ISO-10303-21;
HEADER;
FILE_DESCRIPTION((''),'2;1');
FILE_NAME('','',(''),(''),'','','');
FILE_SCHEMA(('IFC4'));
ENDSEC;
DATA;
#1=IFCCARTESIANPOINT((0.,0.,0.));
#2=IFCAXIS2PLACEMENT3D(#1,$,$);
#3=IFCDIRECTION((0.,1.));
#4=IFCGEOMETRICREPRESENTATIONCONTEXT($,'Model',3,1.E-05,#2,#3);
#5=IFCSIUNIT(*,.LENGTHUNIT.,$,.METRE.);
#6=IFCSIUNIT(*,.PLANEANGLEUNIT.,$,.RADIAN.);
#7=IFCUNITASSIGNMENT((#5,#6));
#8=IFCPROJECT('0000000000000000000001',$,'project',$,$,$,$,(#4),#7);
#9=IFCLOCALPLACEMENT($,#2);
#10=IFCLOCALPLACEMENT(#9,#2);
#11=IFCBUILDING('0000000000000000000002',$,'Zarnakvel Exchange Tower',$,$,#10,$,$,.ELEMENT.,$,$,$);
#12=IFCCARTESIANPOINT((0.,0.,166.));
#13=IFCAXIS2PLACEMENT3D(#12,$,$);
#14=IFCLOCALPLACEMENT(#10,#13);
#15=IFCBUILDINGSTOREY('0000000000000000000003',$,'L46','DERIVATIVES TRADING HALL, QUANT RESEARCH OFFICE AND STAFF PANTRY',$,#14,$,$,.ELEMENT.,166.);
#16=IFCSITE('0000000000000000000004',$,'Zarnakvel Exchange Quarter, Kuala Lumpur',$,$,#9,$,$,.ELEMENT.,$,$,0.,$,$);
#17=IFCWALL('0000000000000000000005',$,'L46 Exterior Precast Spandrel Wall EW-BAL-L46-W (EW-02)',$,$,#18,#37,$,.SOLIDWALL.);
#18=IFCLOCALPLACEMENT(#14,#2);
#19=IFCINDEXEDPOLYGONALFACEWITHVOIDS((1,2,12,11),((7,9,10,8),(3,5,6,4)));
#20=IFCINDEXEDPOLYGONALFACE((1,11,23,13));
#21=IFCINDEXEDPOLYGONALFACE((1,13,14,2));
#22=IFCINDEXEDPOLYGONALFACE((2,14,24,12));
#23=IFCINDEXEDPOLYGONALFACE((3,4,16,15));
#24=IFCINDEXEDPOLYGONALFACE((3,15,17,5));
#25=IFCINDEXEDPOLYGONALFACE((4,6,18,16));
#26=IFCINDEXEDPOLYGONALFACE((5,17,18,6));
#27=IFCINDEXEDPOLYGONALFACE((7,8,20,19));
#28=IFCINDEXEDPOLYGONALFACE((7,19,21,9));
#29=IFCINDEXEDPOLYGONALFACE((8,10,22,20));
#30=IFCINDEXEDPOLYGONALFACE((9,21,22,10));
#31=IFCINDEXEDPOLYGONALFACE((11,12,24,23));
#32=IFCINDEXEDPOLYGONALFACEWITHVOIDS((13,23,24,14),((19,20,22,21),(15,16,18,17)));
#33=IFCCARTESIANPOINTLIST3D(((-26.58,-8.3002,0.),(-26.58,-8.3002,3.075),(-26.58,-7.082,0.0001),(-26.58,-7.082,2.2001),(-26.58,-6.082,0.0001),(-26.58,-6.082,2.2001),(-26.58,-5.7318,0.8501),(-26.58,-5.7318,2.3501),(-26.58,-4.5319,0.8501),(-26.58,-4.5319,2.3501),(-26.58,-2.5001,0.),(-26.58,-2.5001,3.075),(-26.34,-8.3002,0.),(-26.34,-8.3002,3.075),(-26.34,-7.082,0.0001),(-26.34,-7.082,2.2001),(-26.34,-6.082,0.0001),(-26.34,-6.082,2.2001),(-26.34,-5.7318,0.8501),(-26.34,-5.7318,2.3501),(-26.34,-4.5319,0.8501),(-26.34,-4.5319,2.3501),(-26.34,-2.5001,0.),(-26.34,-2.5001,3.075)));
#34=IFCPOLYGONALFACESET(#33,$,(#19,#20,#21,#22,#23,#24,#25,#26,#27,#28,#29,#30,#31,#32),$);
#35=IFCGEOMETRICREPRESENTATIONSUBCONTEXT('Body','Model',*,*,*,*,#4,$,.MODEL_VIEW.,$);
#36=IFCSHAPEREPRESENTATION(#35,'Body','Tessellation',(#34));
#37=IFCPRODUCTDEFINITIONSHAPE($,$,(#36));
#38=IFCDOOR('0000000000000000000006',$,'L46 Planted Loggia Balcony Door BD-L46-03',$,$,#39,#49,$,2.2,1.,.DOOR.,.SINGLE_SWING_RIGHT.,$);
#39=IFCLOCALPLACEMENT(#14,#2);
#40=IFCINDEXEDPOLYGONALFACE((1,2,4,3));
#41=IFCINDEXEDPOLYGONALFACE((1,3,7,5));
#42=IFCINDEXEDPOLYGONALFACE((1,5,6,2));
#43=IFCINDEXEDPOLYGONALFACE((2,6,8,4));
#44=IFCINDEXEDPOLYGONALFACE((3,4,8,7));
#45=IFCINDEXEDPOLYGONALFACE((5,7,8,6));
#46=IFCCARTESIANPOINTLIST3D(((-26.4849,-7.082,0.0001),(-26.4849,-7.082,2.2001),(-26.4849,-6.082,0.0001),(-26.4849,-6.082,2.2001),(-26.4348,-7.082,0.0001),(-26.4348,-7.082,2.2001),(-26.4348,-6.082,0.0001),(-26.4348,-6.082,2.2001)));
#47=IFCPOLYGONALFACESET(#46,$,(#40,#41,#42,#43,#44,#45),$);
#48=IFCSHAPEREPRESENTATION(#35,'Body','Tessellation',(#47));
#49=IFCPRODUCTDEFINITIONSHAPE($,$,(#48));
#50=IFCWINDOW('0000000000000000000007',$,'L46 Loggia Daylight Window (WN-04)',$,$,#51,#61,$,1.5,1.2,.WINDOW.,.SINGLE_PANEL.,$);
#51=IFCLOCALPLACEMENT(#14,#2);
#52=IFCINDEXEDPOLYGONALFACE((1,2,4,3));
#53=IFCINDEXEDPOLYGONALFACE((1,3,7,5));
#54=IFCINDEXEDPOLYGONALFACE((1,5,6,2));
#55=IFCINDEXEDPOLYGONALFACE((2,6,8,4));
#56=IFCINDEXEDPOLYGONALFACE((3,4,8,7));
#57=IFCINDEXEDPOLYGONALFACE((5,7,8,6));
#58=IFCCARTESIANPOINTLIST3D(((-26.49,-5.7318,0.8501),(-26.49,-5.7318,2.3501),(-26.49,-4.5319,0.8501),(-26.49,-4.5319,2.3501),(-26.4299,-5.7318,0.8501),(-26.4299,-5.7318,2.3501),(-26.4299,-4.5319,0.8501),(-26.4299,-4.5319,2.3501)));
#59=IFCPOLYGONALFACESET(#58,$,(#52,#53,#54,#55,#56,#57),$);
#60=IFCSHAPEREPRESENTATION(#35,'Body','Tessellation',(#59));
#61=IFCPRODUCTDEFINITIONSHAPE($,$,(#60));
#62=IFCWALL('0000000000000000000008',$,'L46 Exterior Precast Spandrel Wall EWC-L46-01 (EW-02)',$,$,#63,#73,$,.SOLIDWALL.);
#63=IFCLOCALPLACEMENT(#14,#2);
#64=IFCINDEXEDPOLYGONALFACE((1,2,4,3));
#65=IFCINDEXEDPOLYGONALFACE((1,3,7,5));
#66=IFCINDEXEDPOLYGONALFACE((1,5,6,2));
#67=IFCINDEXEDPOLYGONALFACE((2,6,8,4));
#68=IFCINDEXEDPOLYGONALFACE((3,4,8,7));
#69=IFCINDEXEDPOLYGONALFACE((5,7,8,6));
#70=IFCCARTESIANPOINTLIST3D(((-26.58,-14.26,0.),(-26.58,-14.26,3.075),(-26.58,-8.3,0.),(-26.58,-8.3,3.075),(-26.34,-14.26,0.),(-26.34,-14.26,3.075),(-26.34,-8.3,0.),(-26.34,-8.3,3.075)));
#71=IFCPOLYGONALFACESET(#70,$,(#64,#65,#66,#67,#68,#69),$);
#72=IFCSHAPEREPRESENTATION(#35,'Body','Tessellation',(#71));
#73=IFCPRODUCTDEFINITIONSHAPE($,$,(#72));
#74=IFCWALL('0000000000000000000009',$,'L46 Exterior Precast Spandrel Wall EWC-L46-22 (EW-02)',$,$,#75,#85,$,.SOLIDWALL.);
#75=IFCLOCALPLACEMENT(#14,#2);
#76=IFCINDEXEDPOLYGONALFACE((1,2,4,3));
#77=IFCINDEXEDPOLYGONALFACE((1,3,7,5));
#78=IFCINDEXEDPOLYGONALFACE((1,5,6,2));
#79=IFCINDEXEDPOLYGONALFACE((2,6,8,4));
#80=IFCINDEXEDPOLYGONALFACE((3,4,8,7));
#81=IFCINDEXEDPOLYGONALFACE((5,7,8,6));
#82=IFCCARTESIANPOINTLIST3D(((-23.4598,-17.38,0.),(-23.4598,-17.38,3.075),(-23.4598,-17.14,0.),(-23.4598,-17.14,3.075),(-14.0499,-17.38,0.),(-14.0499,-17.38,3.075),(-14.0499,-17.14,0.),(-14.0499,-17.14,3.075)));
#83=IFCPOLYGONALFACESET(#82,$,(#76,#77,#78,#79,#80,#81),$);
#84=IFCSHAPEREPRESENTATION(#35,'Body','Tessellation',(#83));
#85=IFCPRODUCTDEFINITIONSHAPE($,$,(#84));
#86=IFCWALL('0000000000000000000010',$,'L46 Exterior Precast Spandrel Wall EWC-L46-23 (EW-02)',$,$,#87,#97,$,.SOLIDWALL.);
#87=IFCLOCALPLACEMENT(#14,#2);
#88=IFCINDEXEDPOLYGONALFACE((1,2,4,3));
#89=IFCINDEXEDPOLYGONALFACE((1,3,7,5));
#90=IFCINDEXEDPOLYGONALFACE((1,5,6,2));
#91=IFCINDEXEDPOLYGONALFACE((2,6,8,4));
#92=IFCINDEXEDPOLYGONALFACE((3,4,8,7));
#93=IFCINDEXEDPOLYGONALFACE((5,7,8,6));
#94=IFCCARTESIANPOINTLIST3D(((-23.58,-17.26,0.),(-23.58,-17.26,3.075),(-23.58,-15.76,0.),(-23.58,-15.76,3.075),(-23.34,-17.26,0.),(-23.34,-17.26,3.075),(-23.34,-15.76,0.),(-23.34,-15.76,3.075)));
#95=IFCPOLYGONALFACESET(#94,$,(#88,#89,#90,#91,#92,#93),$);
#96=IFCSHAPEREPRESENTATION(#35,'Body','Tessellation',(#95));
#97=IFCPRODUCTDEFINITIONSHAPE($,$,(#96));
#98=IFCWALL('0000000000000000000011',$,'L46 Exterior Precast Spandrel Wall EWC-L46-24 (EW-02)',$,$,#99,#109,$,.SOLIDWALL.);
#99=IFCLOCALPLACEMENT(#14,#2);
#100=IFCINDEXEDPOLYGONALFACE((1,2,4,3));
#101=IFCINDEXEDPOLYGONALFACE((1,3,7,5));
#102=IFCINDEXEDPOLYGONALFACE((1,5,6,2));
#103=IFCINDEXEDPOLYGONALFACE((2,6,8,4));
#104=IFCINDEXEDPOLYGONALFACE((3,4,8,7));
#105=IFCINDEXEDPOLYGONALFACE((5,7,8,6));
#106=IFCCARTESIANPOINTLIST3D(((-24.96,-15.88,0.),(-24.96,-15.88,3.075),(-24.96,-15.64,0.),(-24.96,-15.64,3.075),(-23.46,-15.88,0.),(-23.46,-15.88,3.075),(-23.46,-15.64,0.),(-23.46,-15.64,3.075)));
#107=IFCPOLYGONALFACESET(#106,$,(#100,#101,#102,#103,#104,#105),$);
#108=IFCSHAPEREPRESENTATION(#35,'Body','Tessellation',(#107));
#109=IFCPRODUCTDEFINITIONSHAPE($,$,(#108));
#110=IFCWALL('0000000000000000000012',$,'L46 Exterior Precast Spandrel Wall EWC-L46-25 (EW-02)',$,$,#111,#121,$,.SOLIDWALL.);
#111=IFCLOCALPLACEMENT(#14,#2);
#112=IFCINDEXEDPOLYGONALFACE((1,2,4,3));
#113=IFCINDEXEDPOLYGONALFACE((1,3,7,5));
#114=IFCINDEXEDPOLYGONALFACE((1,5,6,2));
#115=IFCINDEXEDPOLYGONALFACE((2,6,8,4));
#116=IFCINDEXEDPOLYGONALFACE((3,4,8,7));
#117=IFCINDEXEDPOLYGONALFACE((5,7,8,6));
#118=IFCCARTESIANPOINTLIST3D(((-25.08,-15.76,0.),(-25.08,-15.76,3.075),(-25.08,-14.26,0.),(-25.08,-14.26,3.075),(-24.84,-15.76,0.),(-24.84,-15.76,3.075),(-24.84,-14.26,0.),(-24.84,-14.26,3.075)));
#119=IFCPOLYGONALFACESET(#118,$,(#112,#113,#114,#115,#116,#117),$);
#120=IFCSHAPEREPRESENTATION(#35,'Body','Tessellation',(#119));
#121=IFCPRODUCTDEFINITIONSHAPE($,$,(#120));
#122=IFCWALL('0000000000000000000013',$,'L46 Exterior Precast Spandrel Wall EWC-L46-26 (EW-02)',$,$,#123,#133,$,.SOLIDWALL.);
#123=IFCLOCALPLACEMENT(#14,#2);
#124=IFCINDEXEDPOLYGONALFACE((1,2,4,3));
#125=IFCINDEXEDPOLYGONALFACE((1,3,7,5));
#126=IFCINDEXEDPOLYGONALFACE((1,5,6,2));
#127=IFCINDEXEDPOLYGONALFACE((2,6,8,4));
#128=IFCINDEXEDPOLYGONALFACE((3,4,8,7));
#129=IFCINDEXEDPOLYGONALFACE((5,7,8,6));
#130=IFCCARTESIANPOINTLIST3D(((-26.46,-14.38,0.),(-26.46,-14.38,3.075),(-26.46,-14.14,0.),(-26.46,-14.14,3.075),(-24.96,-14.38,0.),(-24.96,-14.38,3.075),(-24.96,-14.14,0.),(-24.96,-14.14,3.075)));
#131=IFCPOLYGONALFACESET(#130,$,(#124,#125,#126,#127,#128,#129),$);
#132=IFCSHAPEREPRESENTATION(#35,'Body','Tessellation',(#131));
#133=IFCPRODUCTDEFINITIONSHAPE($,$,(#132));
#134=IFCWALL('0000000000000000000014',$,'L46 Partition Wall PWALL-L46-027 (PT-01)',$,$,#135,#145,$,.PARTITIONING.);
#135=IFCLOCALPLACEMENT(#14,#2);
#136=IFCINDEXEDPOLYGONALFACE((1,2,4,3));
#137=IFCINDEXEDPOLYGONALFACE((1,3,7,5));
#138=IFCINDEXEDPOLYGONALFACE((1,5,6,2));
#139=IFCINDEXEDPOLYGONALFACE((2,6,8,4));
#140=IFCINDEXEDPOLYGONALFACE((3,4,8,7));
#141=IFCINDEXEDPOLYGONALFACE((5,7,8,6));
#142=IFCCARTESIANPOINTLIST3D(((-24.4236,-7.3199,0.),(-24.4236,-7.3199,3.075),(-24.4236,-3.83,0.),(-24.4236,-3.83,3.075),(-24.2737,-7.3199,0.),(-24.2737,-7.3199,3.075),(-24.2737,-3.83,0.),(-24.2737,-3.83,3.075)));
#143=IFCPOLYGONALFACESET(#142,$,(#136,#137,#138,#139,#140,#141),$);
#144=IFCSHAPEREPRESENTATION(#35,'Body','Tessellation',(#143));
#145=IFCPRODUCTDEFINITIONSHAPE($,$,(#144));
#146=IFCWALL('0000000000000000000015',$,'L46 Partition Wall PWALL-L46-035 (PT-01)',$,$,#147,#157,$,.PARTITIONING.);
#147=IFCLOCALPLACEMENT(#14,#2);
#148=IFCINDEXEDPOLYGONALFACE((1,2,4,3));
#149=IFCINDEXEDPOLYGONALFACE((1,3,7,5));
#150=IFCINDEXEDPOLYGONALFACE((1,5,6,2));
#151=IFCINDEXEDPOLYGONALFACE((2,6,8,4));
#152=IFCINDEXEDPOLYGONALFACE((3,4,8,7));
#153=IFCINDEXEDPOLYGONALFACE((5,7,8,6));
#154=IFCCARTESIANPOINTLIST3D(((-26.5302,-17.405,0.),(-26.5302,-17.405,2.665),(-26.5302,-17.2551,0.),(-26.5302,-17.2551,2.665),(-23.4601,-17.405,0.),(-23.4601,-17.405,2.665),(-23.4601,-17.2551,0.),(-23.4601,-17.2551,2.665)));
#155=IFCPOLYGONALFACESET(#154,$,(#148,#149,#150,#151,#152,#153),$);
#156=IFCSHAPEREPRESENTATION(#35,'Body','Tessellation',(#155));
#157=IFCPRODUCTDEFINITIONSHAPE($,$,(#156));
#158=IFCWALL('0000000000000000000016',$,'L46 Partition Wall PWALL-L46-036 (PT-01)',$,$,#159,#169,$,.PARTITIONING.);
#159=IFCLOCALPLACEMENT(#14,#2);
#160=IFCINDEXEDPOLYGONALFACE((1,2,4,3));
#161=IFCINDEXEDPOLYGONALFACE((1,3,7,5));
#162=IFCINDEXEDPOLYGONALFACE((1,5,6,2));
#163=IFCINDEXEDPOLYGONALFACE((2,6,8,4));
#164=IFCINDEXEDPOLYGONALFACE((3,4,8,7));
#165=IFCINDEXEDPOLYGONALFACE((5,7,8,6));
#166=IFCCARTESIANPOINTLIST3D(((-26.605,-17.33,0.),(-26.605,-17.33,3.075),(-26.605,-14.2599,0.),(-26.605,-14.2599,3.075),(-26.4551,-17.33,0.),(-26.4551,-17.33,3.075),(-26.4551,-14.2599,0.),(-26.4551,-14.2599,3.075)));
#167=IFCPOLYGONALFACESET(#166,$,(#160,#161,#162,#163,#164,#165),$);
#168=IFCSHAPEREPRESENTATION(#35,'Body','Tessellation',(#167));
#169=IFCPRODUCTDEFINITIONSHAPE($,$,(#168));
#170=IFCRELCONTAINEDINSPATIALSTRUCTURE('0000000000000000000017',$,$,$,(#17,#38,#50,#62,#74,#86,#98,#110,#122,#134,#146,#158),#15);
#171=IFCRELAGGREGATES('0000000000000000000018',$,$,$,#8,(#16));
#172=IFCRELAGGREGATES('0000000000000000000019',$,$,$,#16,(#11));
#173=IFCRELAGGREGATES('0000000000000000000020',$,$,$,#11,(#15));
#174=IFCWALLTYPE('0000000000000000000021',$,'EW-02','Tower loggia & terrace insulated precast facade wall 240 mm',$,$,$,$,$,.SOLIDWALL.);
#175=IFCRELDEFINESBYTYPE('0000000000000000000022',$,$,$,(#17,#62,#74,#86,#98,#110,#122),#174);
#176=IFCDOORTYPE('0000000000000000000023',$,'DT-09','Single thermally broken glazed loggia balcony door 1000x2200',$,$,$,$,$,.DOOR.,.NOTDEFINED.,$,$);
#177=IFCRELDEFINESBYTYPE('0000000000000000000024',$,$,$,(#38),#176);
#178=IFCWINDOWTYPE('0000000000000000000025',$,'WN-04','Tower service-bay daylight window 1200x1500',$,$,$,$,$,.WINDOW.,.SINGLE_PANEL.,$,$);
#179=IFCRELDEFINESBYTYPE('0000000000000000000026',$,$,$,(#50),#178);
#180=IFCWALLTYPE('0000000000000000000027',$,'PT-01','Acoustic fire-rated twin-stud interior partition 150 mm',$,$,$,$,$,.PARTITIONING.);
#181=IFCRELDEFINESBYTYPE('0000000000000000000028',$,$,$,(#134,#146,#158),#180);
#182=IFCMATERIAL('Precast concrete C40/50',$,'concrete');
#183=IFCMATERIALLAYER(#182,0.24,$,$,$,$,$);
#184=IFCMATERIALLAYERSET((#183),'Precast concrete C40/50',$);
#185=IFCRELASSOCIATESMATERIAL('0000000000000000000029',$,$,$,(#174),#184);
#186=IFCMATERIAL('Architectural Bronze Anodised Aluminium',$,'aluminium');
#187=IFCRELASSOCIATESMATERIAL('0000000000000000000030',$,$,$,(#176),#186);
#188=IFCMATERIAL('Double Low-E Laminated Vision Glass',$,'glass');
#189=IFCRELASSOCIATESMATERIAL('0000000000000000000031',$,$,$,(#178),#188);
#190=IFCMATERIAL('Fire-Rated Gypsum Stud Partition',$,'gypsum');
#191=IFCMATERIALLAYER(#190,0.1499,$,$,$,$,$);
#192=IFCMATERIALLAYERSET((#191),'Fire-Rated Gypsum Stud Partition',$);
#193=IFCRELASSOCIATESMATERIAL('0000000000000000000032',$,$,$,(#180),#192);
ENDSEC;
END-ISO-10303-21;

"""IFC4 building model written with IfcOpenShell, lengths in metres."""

from ifc_helpers import new_model, si_unit, direction, frame, frame_2d, origin, place, context, subcontext, project, spatial, rectangle, extrude, source, transform, mapped, material, layer, layer_set, type_object, element, fill, save


model = new_model("IFC4")

# Units and contexts
model_context = context("Model", 3, precision=1e-05, world=origin(), true_north=direction((0.0, 1.0)))
body_context = subcontext(model_context, "Body", "Model", "MODEL_VIEW")
ifc_project = project(units=[si_unit("LENGTHUNIT", "METRE"), si_unit("PLANEANGLEUNIT", "RADIAN")], contexts=[model_context])

# Site, building, storey
site_placement = place(None, origin())
site = spatial("IfcSite", under=ifc_project, at=site_placement, Name="Zarnakvel Exchange Quarter, Kuala Lumpur", CompositionType="ELEMENT", RefElevation=0.0)
building_placement = place(site_placement, origin())
building = spatial("IfcBuilding", under=site, at=building_placement, Name="Zarnakvel Exchange Tower", CompositionType="ELEMENT")
storey_placement = place(building_placement, frame((0.0, 0.0, 166.0)))
storey = spatial("IfcBuildingStorey", under=building, at=storey_placement, Name="L46", Description="DERIVATIVES TRADING HALL, QUANT RESEARCH OFFICE AND STAFF PANTRY", CompositionType="ELEMENT", Elevation=166.0)

# Wall, openings, door, window
ifc_material_1 = material(Name="Precast concrete C40/50", Category="concrete")
ifc_layer_1 = layer(ifc_material_1, 0.24)
ifc_layer_set_1 = layer_set([ifc_layer_1], Name="Precast concrete C40/50")
wall_type_1 = type_object("IfcWallType", Name="EW-02", Description="Tower loggia & terrace insulated precast facade wall 240 mm", PredefinedType="SOLIDWALL", material=ifc_layer_set_1)
wall_1_placement = place(storey_placement, frame((-26.46, -8.3, 0.0), z_axis=(0.0, 0.0, 1.0), x_axis=(0.0, 1.0, 0.0)))
wall_1 = element("IfcWall", 1, at=wall_1_placement, inside=storey, type_object=wall_type_1, Name="L46 Exterior Precast Spandrel Wall EW-BAL-L46-W (EW-02)", PredefinedType="SOLIDWALL", context=body_context, shape_type="SweptSolid", body=[
    extrude(rectangle(XDim=5.8, YDim=0.24, at=frame_2d((2.8999, 0.0))), origin(), (0.0, 0.0, 1.0), 3.075),
])
opening_1_placement = place(wall_1_placement, frame((1.218, 0.0, 0.0)))
opening_1 = element("IfcOpeningElement", 2, at=opening_1_placement, cuts=wall_1, PredefinedType="OPENING", context=body_context, shape_type="SweptSolid", body=[
    extrude(rectangle(XDim=1.0, YDim=2.2, at=frame_2d((0.5, 1.1001))), frame((0.0, 0.1299, 0.0), z_axis=(0.0, -1.0, 0.0), x_axis=(1.0, 0.0, 0.0)), (0.0, 0.0, 1.0), 0.26),
])
opening_2_placement = place(wall_1_placement, frame((2.5681, 0.0, 0.8501)))
opening_2 = element("IfcOpeningElement", 3, at=opening_2_placement, cuts=wall_1, PredefinedType="OPENING", context=body_context, shape_type="SweptSolid", body=[
    extrude(rectangle(XDim=1.2, YDim=1.5, at=frame_2d((0.6001, 0.75))), frame((0.0, 0.1299, 0.0), z_axis=(0.0, -1.0, 0.0), x_axis=(1.0, 0.0, 0.0)), (0.0, 0.0, 1.0), 0.26),
])
ifc_material_2 = material(Name="Architectural Bronze Anodised Aluminium", Category="aluminium")
door_type = type_object("IfcDoorType", Name="DT-09", Description="Single thermally broken glazed loggia balcony door 1000x2200", OperationType="NOTDEFINED", PredefinedType="DOOR", material=ifc_material_2)
shared_shape_1 = source(origin(), body_context, "Body", "SweptSolid", [
    extrude(rectangle(XDim=1.0, YDim=2.2, at=frame_2d((0.5, 1.1001))), frame((0.0, 0.0249, 0.0), z_axis=(0.0, -1.0, 0.0), x_axis=(1.0, 0.0, 0.0)), (0.0, 0.0, 1.0), 0.05),
])
door_placement = place(opening_1_placement, origin())
door = element("IfcDoor", 4, at=door_placement, inside=storey, type_object=door_type, Name="L46 Planted Loggia Balcony Door BD-L46-03", OperationType="SINGLE_SWING_RIGHT", OverallHeight=2.2, OverallWidth=1.0, PredefinedType="DOOR", context=body_context, shape_type="MappedRepresentation", body=[
    mapped(shared_shape_1, transform((0.0, 0.0, 0.0), x_axis=(1.0, 0.0, 0.0), y_axis=(0.0, 1.0, 0.0), z_axis=(0.0, 0.0, 1.0), scale=1.0)),
])
fill(opening_1, door)
ifc_material_3 = material(Name="Double Low-E Laminated Vision Glass", Category="glass")
window_type = type_object("IfcWindowType", Name="WN-04", Description="Tower service-bay daylight window 1200x1500", PartitioningType="SINGLE_PANEL", PredefinedType="WINDOW", material=ifc_material_3)
shared_shape_2 = source(origin(), body_context, "Body", "SweptSolid", [
    extrude(rectangle(XDim=1.2, YDim=1.5, at=frame_2d((0.6001, 0.75))), frame((0.0, 0.03, 0.0), z_axis=(0.0, -1.0, 0.0), x_axis=(1.0, 0.0, 0.0)), (0.0, 0.0, 1.0), 0.0601),
])
window_placement = place(opening_2_placement, origin())
window = element("IfcWindow", 5, at=window_placement, inside=storey, type_object=window_type, Name="L46 Loggia Daylight Window (WN-04)", OverallHeight=1.5, OverallWidth=1.2, PartitioningType="SINGLE_PANEL", PredefinedType="WINDOW", context=body_context, shape_type="MappedRepresentation", body=[
    mapped(shared_shape_2, transform((0.0, 0.0, 0.0), x_axis=(1.0, 0.0, 0.0), y_axis=(0.0, 1.0, 0.0), z_axis=(0.0, 0.0, 1.0), scale=1.0)),
])
fill(opening_2, window)

# Walls
wall_2_placement = place(storey_placement, frame((-26.46, -8.3, 0.0), z_axis=(0.0, 0.0, 1.0), x_axis=(0.0, -1.0, 0.0)))
element("IfcWall", 6, at=wall_2_placement, inside=storey, type_object=wall_type_1, Name="L46 Exterior Precast Spandrel Wall EWC-L46-01 (EW-02)", PredefinedType="SOLIDWALL", context=body_context, shape_type="SweptSolid", body=[
    extrude(rectangle(XDim=5.96, YDim=0.24, at=frame_2d((2.98, 0.0))), origin(), (0.0, 0.0, 1.0), 3.075),
])
wall_3_placement = place(storey_placement, frame((-23.46, -17.26, 0.0), z_axis=(0.0, 0.0, 1.0), x_axis=(1.0, 0.0, 0.0)))
element("IfcWall", 7, at=wall_3_placement, inside=storey, type_object=wall_type_1, Name="L46 Exterior Precast Spandrel Wall EWC-L46-22 (EW-02)", PredefinedType="SOLIDWALL", context=body_context, shape_type="SweptSolid", body=[
    extrude(rectangle(XDim=9.4099, YDim=0.24, at=frame_2d((4.7051, 0.0))), origin(), (0.0, 0.0, 1.0), 3.075),
])
for number, where, z_axis, x_axis, name in (
    (8, (-23.46, -15.76, 0.0), (0.0, 0.0, 1.0), (0.0, -1.0, 0.0), "L46 Exterior Precast Spandrel Wall EWC-L46-23 (EW-02)"),
    (9, (-24.96, -15.76, 0.0), (0.0, 0.0, 1.0), (1.0, 0.0, 0.0), "L46 Exterior Precast Spandrel Wall EWC-L46-24 (EW-02)"),
    (10, (-24.96, -14.26, 0.0), (0.0, 0.0, 1.0), (0.0, -1.0, 0.0), "L46 Exterior Precast Spandrel Wall EWC-L46-25 (EW-02)"),
    (11, (-26.46, -14.26, 0.0), (0.0, 0.0, 1.0), (1.0, 0.0, 0.0), "L46 Exterior Precast Spandrel Wall EWC-L46-26 (EW-02)"),
):
    element("IfcWall", number, at=place(storey_placement, frame(where, z_axis=z_axis, x_axis=x_axis)), inside=storey, type_object=wall_type_1, Name=name, PredefinedType="SOLIDWALL", context=body_context, shape_type="SweptSolid", body=[
        extrude(rectangle(XDim=1.5, YDim=0.24, at=frame_2d((0.75, 0.0))), origin(), (0.0, 0.0, 1.0), 3.075),
    ])
ifc_material_4 = material(Name="Fire-Rated Gypsum Stud Partition", Category="gypsum")
ifc_layer_2 = layer(ifc_material_4, 0.1499)
ifc_layer_set_2 = layer_set([ifc_layer_2], Name="Fire-Rated Gypsum Stud Partition")
wall_type_2 = type_object("IfcWallType", Name="PT-01", Description="Acoustic fire-rated twin-stud interior partition 150 mm", PredefinedType="PARTITIONING", material=ifc_layer_set_2)
wall_4_placement = place(storey_placement, frame((-24.3486, -7.3201, 0.0), z_axis=(0.0, 0.0, 1.0), x_axis=(0.0, 1.0, 0.0)))
element("IfcWall", 12, at=wall_4_placement, inside=storey, type_object=wall_type_2, Name="L46 Partition Wall PWALL-L46-027 (PT-01)", PredefinedType="PARTITIONING", context=body_context, shape_type="SweptSolid", body=[
    extrude(rectangle(XDim=3.49, YDim=0.1499, at=frame_2d((1.7451, 0.0))), origin(), (0.0, 0.0, 1.0), 3.075),
])
wall_5_placement = place(storey_placement, frame((-23.46, -17.3301, 0.0), z_axis=(0.0, 0.0, 1.0), x_axis=(-1.0, 0.0, 0.0)))
element("IfcWall", 13, at=wall_5_placement, inside=storey, type_object=wall_type_2, Name="L46 Partition Wall PWALL-L46-035 (PT-01)", PredefinedType="PARTITIONING", context=body_context, shape_type="SweptSolid", body=[
    extrude(rectangle(XDim=3.0701, YDim=0.1499, at=frame_2d((1.5352, 0.0))), origin(), (0.0, 0.0, 1.0), 2.665),
])
wall_6_placement = place(storey_placement, frame((-26.53, -17.3301, 0.0), z_axis=(0.0, 0.0, 1.0), x_axis=(0.0, 1.0, 0.0)))
element("IfcWall", 14, at=wall_6_placement, inside=storey, type_object=wall_type_2, Name="L46 Partition Wall PWALL-L46-036 (PT-01)", PredefinedType="PARTITIONING", context=body_context, shape_type="SweptSolid", body=[
    extrude(rectangle(XDim=3.0701, YDim=0.1499, at=frame_2d((1.5352, 0.0))), origin(), (0.0, 0.0, 1.0), 3.075),
])

save(model, "model.ifc")
